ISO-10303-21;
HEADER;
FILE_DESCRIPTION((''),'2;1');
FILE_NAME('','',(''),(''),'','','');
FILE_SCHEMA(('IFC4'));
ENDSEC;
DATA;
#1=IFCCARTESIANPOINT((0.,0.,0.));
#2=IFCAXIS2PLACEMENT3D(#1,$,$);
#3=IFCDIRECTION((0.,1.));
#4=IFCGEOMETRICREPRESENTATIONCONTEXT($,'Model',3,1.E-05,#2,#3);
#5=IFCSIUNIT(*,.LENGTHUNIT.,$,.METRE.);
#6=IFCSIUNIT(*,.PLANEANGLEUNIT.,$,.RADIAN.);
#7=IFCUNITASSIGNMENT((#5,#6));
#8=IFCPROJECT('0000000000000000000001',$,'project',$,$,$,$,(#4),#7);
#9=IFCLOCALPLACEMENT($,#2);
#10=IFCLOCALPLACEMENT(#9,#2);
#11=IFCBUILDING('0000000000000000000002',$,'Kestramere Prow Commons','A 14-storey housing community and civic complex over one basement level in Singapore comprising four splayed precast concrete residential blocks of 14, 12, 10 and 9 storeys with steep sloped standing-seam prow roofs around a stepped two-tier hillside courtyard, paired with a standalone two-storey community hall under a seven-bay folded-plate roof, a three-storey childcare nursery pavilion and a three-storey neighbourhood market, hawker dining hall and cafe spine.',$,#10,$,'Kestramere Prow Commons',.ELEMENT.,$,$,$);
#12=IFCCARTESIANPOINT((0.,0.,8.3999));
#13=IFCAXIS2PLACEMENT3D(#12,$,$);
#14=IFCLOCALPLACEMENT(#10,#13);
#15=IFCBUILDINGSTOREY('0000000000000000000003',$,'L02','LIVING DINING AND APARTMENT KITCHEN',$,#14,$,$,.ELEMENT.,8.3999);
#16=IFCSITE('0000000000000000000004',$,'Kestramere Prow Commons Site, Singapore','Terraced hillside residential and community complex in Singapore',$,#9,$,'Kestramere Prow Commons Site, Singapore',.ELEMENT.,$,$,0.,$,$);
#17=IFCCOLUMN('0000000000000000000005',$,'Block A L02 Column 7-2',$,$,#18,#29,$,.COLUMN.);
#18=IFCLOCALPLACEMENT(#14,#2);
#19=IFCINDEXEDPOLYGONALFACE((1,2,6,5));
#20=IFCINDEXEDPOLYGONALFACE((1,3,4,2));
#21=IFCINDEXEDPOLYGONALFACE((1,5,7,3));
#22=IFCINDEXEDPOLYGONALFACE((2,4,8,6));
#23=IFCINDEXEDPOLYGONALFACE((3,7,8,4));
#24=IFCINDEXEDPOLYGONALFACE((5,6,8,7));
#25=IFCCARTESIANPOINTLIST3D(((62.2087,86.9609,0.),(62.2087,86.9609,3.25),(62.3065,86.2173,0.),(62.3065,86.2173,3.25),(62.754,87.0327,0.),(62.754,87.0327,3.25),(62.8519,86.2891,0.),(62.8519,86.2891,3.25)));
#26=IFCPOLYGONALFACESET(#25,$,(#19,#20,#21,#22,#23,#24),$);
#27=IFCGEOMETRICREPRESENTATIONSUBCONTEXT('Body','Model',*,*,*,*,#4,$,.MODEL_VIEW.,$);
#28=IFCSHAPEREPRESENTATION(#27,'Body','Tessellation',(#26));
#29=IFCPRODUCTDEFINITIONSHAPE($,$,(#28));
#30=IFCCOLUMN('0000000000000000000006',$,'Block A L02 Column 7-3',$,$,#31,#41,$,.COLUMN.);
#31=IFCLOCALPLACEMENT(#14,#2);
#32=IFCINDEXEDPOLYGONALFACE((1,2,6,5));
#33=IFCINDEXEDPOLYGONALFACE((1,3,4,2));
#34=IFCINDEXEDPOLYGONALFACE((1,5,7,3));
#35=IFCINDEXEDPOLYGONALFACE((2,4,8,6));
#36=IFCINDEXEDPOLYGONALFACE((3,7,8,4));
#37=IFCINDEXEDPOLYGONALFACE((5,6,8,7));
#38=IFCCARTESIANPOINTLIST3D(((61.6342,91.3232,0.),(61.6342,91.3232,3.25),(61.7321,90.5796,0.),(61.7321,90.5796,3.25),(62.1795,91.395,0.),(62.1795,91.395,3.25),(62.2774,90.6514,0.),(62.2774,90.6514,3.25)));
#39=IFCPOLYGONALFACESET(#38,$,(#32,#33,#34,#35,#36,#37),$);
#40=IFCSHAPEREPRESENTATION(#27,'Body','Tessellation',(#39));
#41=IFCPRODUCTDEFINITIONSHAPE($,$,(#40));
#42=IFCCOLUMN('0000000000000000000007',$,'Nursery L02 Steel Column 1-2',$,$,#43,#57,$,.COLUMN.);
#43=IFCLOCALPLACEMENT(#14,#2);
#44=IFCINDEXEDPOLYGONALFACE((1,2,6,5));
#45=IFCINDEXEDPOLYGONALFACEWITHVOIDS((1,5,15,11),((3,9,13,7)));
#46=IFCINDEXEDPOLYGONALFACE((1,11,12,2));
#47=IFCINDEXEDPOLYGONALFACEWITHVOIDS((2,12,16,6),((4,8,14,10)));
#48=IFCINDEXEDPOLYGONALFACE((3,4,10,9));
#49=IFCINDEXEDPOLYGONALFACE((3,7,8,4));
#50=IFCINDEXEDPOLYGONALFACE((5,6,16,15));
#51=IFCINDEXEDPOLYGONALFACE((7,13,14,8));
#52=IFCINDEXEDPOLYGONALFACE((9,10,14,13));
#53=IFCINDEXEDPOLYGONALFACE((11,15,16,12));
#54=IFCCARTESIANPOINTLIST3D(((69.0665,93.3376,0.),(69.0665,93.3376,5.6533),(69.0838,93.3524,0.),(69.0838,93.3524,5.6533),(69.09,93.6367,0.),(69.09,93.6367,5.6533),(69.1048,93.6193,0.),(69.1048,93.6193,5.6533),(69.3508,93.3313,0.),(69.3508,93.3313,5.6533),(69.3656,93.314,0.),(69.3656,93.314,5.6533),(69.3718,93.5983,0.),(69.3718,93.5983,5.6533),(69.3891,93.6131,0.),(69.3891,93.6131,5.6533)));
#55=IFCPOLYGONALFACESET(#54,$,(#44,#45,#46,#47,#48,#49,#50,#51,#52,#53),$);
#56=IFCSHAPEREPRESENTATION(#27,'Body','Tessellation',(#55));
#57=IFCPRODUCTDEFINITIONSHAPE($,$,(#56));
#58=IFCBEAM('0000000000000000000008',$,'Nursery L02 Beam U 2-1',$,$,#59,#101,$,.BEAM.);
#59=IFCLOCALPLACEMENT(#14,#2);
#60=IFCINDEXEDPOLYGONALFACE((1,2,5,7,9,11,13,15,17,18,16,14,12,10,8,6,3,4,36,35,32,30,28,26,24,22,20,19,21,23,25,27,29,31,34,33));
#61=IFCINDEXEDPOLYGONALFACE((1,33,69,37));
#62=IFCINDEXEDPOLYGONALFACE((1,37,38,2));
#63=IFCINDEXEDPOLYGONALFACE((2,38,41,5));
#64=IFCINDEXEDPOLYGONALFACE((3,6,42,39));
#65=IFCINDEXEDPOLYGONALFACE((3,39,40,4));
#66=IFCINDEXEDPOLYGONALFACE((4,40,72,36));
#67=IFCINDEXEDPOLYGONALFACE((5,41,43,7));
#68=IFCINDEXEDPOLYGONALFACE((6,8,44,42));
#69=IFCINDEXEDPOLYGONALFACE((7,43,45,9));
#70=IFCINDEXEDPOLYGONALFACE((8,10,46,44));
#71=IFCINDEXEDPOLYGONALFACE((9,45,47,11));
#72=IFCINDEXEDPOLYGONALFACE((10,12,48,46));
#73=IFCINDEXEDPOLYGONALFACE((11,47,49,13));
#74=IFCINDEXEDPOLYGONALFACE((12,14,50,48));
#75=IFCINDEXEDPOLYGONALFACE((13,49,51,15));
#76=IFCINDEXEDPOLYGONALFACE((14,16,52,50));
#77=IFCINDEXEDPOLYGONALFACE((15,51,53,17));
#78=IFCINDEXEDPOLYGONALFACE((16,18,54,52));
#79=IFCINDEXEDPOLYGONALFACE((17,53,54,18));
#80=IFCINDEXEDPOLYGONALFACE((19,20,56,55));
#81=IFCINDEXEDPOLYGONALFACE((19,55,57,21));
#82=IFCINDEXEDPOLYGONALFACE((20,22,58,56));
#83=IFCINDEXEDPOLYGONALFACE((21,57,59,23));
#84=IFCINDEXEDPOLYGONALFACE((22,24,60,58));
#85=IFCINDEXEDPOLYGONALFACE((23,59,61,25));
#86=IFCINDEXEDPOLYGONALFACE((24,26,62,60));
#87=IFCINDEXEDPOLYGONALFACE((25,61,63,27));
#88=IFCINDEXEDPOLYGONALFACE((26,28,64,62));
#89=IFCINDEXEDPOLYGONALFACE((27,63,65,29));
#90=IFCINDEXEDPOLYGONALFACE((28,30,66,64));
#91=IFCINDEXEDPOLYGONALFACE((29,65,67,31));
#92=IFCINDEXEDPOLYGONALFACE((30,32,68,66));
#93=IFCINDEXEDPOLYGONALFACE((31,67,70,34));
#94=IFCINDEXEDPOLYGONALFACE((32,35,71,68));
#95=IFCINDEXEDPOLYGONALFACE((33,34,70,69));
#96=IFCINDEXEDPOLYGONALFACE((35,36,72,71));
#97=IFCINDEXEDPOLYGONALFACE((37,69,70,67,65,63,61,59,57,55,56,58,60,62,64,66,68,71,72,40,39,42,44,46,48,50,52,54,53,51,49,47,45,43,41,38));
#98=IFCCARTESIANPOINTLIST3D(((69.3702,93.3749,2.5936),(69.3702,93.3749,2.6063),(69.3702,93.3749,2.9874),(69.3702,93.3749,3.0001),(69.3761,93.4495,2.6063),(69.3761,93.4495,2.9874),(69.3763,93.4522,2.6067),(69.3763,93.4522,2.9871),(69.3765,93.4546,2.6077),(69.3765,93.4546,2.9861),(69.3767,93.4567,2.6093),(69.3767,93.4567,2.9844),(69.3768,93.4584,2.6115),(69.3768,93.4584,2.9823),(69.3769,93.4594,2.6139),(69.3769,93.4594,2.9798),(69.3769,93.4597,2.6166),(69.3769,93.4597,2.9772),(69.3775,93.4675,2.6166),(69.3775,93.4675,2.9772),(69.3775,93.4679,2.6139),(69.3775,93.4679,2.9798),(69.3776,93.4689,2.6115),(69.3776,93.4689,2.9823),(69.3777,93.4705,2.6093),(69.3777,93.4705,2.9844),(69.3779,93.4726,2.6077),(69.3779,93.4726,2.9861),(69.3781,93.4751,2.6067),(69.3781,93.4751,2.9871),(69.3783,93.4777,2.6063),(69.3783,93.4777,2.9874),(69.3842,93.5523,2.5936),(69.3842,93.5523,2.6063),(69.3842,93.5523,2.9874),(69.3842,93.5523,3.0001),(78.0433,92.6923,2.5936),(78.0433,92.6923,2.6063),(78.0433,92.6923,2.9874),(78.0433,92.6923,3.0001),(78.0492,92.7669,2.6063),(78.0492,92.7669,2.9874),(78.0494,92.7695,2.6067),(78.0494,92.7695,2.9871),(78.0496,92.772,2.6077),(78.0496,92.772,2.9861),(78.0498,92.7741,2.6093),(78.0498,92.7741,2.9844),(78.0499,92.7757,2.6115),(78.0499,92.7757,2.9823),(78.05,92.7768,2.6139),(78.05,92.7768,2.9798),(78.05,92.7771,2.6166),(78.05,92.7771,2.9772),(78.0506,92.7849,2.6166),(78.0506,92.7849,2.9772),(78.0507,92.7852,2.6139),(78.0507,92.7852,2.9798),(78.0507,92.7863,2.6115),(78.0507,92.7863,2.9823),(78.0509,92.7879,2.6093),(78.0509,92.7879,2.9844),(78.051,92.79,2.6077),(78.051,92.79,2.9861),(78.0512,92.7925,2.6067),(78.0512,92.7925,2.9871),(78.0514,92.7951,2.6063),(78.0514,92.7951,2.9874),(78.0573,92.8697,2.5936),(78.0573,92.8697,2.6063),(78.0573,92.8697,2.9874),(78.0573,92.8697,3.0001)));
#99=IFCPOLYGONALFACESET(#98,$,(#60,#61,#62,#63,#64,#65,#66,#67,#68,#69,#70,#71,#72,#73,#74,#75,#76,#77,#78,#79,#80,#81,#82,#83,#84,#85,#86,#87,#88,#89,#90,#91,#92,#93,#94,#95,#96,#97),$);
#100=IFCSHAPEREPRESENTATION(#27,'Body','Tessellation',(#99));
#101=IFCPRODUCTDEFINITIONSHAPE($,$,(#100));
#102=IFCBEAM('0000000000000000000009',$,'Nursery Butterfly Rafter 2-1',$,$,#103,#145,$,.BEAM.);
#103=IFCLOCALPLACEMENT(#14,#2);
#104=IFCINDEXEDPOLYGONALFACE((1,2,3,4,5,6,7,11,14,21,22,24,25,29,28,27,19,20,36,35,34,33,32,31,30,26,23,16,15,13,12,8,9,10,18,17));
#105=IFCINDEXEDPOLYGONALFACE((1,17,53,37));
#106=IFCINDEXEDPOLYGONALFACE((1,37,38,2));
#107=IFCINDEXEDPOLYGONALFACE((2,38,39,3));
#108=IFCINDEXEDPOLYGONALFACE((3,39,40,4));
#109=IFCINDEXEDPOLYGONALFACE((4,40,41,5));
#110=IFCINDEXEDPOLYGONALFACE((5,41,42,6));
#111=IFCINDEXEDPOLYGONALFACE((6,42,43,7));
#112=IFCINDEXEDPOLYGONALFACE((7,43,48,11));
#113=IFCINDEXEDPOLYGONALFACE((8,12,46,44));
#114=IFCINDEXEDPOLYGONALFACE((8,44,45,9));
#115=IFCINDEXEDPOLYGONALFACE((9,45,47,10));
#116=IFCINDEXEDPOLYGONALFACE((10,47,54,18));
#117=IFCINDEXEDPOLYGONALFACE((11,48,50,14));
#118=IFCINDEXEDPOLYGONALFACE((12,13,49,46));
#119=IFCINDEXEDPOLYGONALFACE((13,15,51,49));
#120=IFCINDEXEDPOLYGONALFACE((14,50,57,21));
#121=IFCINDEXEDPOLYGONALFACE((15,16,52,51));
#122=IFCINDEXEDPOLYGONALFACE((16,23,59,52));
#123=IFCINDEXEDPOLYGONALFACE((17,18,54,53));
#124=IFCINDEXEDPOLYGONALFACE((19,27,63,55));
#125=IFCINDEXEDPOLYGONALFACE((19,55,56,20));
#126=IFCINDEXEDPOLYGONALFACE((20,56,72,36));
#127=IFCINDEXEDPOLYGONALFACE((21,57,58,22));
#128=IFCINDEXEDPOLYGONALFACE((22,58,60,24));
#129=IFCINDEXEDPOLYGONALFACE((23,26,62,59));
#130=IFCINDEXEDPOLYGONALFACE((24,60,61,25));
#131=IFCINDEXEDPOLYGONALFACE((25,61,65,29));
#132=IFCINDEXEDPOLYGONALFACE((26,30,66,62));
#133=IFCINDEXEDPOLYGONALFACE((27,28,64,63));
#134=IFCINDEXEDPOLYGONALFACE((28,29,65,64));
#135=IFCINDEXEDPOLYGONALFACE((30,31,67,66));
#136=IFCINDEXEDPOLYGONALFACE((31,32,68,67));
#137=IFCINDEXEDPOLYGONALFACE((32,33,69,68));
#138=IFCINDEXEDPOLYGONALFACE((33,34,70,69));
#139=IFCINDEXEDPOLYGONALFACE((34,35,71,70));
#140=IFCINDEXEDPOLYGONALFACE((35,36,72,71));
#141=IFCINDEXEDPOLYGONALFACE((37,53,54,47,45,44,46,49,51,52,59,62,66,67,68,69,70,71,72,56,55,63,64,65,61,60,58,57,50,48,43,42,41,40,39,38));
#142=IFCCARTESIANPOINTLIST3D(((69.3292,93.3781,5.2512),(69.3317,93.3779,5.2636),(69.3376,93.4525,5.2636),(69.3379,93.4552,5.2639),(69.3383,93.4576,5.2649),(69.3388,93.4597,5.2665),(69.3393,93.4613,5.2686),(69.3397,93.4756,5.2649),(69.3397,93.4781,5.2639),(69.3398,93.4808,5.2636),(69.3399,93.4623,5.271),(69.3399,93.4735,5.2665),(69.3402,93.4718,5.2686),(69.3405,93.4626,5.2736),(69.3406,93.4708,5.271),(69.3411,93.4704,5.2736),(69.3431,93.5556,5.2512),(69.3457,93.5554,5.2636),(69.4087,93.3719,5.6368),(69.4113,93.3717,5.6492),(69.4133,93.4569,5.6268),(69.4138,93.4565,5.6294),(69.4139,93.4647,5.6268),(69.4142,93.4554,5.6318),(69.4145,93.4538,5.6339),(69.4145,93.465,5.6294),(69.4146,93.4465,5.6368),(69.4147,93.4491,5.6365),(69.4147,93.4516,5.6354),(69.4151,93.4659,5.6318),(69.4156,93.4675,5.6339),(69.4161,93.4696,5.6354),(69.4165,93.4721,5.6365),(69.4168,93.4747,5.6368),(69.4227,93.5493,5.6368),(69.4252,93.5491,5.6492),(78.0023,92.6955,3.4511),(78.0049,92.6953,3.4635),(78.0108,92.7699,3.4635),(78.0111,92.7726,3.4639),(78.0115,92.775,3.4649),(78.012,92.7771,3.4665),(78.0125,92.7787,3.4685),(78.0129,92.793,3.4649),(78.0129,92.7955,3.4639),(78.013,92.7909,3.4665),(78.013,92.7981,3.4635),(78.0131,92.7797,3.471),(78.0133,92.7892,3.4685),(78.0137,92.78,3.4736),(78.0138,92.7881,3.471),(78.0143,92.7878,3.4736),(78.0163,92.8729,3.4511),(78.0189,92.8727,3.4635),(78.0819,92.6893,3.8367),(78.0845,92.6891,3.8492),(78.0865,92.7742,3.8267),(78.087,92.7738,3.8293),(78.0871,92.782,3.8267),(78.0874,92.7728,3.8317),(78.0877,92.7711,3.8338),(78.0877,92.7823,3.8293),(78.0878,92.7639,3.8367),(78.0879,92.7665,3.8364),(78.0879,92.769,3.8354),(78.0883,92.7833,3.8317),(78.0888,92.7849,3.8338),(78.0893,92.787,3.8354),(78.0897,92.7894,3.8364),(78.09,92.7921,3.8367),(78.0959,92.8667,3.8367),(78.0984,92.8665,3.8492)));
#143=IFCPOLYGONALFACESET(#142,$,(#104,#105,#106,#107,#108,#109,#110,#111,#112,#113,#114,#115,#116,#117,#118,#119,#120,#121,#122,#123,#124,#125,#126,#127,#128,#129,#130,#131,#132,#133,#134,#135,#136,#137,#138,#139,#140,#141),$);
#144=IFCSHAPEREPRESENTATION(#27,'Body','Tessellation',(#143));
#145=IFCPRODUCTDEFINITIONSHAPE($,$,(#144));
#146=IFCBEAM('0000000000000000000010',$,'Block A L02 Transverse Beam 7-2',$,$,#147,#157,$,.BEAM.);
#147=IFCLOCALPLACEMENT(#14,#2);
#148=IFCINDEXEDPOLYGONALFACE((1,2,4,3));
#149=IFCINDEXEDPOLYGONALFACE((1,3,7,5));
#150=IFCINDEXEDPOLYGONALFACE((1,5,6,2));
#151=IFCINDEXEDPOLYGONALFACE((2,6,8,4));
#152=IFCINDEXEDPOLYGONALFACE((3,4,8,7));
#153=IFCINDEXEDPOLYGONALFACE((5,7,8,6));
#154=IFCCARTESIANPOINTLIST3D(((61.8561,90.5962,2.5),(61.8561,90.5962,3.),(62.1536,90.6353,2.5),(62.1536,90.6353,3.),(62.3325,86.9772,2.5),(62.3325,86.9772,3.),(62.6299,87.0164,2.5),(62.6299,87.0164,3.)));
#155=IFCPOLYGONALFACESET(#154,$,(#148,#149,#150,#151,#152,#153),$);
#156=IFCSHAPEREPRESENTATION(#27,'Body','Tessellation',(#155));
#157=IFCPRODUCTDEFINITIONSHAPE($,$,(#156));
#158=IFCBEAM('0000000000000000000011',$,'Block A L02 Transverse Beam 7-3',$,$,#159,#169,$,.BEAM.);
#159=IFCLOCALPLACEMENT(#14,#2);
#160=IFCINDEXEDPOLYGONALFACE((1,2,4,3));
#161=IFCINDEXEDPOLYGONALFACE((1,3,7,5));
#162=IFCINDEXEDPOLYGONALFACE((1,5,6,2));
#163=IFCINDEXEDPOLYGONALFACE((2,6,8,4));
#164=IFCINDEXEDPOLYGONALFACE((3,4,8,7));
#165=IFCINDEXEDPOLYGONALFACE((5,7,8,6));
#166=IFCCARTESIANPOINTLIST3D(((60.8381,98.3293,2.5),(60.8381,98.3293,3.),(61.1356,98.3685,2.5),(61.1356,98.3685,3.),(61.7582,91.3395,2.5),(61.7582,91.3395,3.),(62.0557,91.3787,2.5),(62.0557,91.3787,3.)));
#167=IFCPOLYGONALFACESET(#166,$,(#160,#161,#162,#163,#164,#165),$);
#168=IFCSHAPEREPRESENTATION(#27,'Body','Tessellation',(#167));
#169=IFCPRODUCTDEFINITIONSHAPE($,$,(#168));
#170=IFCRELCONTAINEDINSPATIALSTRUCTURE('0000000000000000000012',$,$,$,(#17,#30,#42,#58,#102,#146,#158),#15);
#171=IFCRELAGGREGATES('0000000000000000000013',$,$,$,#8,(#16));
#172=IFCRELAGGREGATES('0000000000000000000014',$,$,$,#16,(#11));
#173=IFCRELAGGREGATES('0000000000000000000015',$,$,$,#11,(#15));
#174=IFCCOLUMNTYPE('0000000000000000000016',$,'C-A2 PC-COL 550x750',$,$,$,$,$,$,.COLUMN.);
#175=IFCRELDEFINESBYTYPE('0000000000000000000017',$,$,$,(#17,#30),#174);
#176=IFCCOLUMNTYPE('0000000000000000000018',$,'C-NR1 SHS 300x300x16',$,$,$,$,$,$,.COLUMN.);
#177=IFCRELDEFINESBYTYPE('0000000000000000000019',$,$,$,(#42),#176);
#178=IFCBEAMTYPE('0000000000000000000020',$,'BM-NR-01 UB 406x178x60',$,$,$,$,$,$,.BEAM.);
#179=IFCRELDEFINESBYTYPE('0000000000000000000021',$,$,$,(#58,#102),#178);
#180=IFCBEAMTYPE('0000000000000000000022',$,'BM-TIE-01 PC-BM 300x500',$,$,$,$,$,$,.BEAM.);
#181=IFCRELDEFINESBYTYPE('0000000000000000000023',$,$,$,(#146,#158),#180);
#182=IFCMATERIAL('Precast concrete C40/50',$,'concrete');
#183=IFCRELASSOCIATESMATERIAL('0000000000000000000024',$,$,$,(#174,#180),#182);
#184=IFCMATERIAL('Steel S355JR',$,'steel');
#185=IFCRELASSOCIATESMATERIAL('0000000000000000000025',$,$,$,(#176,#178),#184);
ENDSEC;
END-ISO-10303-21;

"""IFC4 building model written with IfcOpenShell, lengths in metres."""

from ifc_helpers import new_model, si_unit, direction, frame, origin, origin_2d, place, context, subcontext, project, spatial, rectangle, hollow_rectangle, i_section, extrude, material, material_profile, profile_set, type_object, element, save


model = new_model("IFC4")

# Units and contexts
model_context = context("Model", 3, precision=1e-05, world=origin(), true_north=direction((0.0, 1.0)))
body_context = subcontext(model_context, "Body", "Model", "MODEL_VIEW")
ifc_project = project(units=[si_unit("LENGTHUNIT", "METRE"), si_unit("PLANEANGLEUNIT", "RADIAN")], contexts=[model_context])

# Site, building, storey
site_placement = place(None, origin())
site = spatial("IfcSite", under=ifc_project, at=site_placement, Name="Kestramere Prow Commons Site, Singapore", Description="Terraced hillside residential and community complex in Singapore", LongName="Kestramere Prow Commons Site, Singapore", CompositionType="ELEMENT", RefElevation=0.0)
building_placement = place(site_placement, origin())
building = spatial("IfcBuilding", under=site, at=building_placement, Name="Kestramere Prow Commons", Description="A 14-storey housing community and civic complex over one basement level in Singapore comprising four splayed precast concrete residential blocks of 14, 12, 10 and 9 storeys with steep sloped standing-seam prow roofs around a stepped two-tier hillside courtyard, paired with a standalone two-storey community hall under a seven-bay folded-plate roof, a three-storey childcare nursery pavilion and a three-storey neighbourhood market, hawker dining hall and cafe spine.", LongName="Kestramere Prow Commons", CompositionType="ELEMENT")
storey_placement = place(building_placement, frame((0.0, 0.0, 8.3999)))
storey = spatial("IfcBuildingStorey", under=building, at=storey_placement, Name="L02", Description="LIVING DINING AND APARTMENT KITCHEN", CompositionType="ELEMENT", Elevation=8.3999)

# Columns
ifc_material_1 = material(Name="Precast concrete C40/50", Category="concrete")
ifc_material_profile_1 = material_profile(ifc_material_1, rectangle(XDim=0.55, YDim=0.75, at=origin_2d()), Name="PC-COL 550x750")
ifc_profile_set_1 = profile_set([ifc_material_profile_1], Name="Precast concrete C40/50")
column_type_1 = type_object("IfcColumnType", Name="C-A2 PC-COL 550x750", PredefinedType="COLUMN", material=ifc_profile_set_1)
for number, where, z_axis, x_axis, name in (
    (1, (62.5303, 86.625, 0.0), (0.0, 0.0, 1.0), (0.991445, 0.130526, 0.0), "Block A L02 Column 7-2"),
    (2, (61.9558, 90.9873, 0.0), (0.0, 0.0, 1.0), (0.991445, 0.130526, 0.0), "Block A L02 Column 7-3"),
):
    element("IfcColumn", number, at=place(storey_placement, frame(where, z_axis=z_axis, x_axis=x_axis)), inside=storey, type_object=column_type_1, Name=name, PredefinedType="COLUMN", context=body_context, shape_type="SweptSolid", body=[
        extrude(rectangle(XDim=0.55, YDim=0.75, at=origin_2d()), origin(), (0.0, 0.0, 1.0), 3.25),
    ])
ifc_material_2 = material(Name="Steel S355JR", Category="steel")
ifc_material_profile_2 = material_profile(ifc_material_2, hollow_rectangle(XDim=0.3, YDim=0.3, WallThickness=0.0161, at=origin_2d()), Name="SHS 300x300x16")
ifc_profile_set_2 = profile_set([ifc_material_profile_2], Name="Steel S355JR")
column_type_2 = type_object("IfcColumnType", Name="C-NR1 SHS 300x300x16", PredefinedType="COLUMN", material=ifc_profile_set_2)
column_placement = place(storey_placement, frame((69.2278, 93.4753, 0.0), z_axis=(0.0, 0.0, 1.0), x_axis=(0.996917, -0.078459, 0.0)))
element("IfcColumn", 3, at=column_placement, inside=storey, type_object=column_type_2, Name="Nursery L02 Steel Column 1-2", PredefinedType="COLUMN", context=body_context, shape_type="SweptSolid", body=[
    extrude(hollow_rectangle(XDim=0.3, YDim=0.3, WallThickness=0.0161, at=origin_2d()), origin(), (0.0, 0.0, 1.0), 5.6533),
])

# Beams
ifc_material_profile_3 = material_profile(ifc_material_2, i_section(OverallWidth=0.178, OverallDepth=0.4065, WebThickness=0.0078, FlangeThickness=0.0127, FilletRadius=0.0103, at=origin_2d()), Name="UB 406x178x60")
ifc_profile_set_3 = profile_set([ifc_material_profile_3], Name="Steel S355JR")
beam_type_1 = type_object("IfcBeamType", Name="BM-NR-01 UB 406x178x60", PredefinedType="BEAM", material=ifc_profile_set_3)
beam_1_placement = place(storey_placement, frame((69.3772, 93.4636, 2.7969), z_axis=(0.996917, -0.078462, 0.0), x_axis=(0.078462, 0.996917, 0.0)))
element("IfcBeam", 4, at=beam_1_placement, inside=storey, type_object=beam_type_1, Name="Nursery L02 Beam U 2-1", PredefinedType="BEAM", context=body_context, shape_type="SweptSolid", body=[
    extrude(i_section(OverallWidth=0.178, OverallDepth=0.4065, WebThickness=0.0078, FlangeThickness=0.0127, FilletRadius=0.0103, at=origin_2d()), origin(), (0.0, 0.0, 1.0), 8.7),
])
beam_2_placement = place(storey_placement, frame((69.3772, 93.4636, 5.4502), z_axis=(0.97624, -0.076835, -0.202613), x_axis=(0.078462, 0.996917, 0.0)))
element("IfcBeam", 5, at=beam_2_placement, inside=storey, type_object=beam_type_1, Name="Nursery Butterfly Rafter 2-1", PredefinedType="BEAM", context=body_context, shape_type="SweptSolid", body=[
    extrude(i_section(OverallWidth=0.178, OverallDepth=0.4065, WebThickness=0.0078, FlangeThickness=0.0127, FilletRadius=0.0103, at=origin_2d()), origin(), (0.0, 0.0, 1.0), 8.8843),
])
ifc_material_profile_4 = material_profile(ifc_material_1, rectangle(XDim=0.3, YDim=0.5, at=origin_2d()), Name="PC-BM 300x500")
ifc_profile_set_4 = profile_set([ifc_material_profile_4], Name="Precast concrete C40/50")
beam_type_2 = type_object("IfcBeamType", Name="BM-TIE-01 PC-BM 300x500", PredefinedType="BEAM", material=ifc_profile_set_4)
beam_3_placement = place(storey_placement, frame((62.4812, 86.9968, 2.75), z_axis=(-0.130494, 0.991449, 0.0), x_axis=(-0.991449, -0.130494, 0.0)))
element("IfcBeam", 6, at=beam_3_placement, inside=storey, type_object=beam_type_2, Name="Block A L02 Transverse Beam 7-2", PredefinedType="BEAM", context=body_context, shape_type="SweptSolid", body=[
    extrude(rectangle(XDim=0.3, YDim=0.5, at=origin_2d()), origin(), (0.0, 0.0, 1.0), 3.6501),
])
beam_4_placement = place(storey_placement, frame((61.907, 91.3591, 2.75), z_axis=(-0.130519, 0.991446, 0.0), x_axis=(-0.991446, -0.130519, 0.0)))
element("IfcBeam", 7, at=beam_4_placement, inside=storey, type_object=beam_type_2, Name="Block A L02 Transverse Beam 7-3", PredefinedType="BEAM", context=body_context, shape_type="SweptSolid", body=[
    extrude(rectangle(XDim=0.3, YDim=0.5, at=origin_2d()), origin(), (0.0, 0.0, 1.0), 7.05),
])

save(model, "model.ifc")
